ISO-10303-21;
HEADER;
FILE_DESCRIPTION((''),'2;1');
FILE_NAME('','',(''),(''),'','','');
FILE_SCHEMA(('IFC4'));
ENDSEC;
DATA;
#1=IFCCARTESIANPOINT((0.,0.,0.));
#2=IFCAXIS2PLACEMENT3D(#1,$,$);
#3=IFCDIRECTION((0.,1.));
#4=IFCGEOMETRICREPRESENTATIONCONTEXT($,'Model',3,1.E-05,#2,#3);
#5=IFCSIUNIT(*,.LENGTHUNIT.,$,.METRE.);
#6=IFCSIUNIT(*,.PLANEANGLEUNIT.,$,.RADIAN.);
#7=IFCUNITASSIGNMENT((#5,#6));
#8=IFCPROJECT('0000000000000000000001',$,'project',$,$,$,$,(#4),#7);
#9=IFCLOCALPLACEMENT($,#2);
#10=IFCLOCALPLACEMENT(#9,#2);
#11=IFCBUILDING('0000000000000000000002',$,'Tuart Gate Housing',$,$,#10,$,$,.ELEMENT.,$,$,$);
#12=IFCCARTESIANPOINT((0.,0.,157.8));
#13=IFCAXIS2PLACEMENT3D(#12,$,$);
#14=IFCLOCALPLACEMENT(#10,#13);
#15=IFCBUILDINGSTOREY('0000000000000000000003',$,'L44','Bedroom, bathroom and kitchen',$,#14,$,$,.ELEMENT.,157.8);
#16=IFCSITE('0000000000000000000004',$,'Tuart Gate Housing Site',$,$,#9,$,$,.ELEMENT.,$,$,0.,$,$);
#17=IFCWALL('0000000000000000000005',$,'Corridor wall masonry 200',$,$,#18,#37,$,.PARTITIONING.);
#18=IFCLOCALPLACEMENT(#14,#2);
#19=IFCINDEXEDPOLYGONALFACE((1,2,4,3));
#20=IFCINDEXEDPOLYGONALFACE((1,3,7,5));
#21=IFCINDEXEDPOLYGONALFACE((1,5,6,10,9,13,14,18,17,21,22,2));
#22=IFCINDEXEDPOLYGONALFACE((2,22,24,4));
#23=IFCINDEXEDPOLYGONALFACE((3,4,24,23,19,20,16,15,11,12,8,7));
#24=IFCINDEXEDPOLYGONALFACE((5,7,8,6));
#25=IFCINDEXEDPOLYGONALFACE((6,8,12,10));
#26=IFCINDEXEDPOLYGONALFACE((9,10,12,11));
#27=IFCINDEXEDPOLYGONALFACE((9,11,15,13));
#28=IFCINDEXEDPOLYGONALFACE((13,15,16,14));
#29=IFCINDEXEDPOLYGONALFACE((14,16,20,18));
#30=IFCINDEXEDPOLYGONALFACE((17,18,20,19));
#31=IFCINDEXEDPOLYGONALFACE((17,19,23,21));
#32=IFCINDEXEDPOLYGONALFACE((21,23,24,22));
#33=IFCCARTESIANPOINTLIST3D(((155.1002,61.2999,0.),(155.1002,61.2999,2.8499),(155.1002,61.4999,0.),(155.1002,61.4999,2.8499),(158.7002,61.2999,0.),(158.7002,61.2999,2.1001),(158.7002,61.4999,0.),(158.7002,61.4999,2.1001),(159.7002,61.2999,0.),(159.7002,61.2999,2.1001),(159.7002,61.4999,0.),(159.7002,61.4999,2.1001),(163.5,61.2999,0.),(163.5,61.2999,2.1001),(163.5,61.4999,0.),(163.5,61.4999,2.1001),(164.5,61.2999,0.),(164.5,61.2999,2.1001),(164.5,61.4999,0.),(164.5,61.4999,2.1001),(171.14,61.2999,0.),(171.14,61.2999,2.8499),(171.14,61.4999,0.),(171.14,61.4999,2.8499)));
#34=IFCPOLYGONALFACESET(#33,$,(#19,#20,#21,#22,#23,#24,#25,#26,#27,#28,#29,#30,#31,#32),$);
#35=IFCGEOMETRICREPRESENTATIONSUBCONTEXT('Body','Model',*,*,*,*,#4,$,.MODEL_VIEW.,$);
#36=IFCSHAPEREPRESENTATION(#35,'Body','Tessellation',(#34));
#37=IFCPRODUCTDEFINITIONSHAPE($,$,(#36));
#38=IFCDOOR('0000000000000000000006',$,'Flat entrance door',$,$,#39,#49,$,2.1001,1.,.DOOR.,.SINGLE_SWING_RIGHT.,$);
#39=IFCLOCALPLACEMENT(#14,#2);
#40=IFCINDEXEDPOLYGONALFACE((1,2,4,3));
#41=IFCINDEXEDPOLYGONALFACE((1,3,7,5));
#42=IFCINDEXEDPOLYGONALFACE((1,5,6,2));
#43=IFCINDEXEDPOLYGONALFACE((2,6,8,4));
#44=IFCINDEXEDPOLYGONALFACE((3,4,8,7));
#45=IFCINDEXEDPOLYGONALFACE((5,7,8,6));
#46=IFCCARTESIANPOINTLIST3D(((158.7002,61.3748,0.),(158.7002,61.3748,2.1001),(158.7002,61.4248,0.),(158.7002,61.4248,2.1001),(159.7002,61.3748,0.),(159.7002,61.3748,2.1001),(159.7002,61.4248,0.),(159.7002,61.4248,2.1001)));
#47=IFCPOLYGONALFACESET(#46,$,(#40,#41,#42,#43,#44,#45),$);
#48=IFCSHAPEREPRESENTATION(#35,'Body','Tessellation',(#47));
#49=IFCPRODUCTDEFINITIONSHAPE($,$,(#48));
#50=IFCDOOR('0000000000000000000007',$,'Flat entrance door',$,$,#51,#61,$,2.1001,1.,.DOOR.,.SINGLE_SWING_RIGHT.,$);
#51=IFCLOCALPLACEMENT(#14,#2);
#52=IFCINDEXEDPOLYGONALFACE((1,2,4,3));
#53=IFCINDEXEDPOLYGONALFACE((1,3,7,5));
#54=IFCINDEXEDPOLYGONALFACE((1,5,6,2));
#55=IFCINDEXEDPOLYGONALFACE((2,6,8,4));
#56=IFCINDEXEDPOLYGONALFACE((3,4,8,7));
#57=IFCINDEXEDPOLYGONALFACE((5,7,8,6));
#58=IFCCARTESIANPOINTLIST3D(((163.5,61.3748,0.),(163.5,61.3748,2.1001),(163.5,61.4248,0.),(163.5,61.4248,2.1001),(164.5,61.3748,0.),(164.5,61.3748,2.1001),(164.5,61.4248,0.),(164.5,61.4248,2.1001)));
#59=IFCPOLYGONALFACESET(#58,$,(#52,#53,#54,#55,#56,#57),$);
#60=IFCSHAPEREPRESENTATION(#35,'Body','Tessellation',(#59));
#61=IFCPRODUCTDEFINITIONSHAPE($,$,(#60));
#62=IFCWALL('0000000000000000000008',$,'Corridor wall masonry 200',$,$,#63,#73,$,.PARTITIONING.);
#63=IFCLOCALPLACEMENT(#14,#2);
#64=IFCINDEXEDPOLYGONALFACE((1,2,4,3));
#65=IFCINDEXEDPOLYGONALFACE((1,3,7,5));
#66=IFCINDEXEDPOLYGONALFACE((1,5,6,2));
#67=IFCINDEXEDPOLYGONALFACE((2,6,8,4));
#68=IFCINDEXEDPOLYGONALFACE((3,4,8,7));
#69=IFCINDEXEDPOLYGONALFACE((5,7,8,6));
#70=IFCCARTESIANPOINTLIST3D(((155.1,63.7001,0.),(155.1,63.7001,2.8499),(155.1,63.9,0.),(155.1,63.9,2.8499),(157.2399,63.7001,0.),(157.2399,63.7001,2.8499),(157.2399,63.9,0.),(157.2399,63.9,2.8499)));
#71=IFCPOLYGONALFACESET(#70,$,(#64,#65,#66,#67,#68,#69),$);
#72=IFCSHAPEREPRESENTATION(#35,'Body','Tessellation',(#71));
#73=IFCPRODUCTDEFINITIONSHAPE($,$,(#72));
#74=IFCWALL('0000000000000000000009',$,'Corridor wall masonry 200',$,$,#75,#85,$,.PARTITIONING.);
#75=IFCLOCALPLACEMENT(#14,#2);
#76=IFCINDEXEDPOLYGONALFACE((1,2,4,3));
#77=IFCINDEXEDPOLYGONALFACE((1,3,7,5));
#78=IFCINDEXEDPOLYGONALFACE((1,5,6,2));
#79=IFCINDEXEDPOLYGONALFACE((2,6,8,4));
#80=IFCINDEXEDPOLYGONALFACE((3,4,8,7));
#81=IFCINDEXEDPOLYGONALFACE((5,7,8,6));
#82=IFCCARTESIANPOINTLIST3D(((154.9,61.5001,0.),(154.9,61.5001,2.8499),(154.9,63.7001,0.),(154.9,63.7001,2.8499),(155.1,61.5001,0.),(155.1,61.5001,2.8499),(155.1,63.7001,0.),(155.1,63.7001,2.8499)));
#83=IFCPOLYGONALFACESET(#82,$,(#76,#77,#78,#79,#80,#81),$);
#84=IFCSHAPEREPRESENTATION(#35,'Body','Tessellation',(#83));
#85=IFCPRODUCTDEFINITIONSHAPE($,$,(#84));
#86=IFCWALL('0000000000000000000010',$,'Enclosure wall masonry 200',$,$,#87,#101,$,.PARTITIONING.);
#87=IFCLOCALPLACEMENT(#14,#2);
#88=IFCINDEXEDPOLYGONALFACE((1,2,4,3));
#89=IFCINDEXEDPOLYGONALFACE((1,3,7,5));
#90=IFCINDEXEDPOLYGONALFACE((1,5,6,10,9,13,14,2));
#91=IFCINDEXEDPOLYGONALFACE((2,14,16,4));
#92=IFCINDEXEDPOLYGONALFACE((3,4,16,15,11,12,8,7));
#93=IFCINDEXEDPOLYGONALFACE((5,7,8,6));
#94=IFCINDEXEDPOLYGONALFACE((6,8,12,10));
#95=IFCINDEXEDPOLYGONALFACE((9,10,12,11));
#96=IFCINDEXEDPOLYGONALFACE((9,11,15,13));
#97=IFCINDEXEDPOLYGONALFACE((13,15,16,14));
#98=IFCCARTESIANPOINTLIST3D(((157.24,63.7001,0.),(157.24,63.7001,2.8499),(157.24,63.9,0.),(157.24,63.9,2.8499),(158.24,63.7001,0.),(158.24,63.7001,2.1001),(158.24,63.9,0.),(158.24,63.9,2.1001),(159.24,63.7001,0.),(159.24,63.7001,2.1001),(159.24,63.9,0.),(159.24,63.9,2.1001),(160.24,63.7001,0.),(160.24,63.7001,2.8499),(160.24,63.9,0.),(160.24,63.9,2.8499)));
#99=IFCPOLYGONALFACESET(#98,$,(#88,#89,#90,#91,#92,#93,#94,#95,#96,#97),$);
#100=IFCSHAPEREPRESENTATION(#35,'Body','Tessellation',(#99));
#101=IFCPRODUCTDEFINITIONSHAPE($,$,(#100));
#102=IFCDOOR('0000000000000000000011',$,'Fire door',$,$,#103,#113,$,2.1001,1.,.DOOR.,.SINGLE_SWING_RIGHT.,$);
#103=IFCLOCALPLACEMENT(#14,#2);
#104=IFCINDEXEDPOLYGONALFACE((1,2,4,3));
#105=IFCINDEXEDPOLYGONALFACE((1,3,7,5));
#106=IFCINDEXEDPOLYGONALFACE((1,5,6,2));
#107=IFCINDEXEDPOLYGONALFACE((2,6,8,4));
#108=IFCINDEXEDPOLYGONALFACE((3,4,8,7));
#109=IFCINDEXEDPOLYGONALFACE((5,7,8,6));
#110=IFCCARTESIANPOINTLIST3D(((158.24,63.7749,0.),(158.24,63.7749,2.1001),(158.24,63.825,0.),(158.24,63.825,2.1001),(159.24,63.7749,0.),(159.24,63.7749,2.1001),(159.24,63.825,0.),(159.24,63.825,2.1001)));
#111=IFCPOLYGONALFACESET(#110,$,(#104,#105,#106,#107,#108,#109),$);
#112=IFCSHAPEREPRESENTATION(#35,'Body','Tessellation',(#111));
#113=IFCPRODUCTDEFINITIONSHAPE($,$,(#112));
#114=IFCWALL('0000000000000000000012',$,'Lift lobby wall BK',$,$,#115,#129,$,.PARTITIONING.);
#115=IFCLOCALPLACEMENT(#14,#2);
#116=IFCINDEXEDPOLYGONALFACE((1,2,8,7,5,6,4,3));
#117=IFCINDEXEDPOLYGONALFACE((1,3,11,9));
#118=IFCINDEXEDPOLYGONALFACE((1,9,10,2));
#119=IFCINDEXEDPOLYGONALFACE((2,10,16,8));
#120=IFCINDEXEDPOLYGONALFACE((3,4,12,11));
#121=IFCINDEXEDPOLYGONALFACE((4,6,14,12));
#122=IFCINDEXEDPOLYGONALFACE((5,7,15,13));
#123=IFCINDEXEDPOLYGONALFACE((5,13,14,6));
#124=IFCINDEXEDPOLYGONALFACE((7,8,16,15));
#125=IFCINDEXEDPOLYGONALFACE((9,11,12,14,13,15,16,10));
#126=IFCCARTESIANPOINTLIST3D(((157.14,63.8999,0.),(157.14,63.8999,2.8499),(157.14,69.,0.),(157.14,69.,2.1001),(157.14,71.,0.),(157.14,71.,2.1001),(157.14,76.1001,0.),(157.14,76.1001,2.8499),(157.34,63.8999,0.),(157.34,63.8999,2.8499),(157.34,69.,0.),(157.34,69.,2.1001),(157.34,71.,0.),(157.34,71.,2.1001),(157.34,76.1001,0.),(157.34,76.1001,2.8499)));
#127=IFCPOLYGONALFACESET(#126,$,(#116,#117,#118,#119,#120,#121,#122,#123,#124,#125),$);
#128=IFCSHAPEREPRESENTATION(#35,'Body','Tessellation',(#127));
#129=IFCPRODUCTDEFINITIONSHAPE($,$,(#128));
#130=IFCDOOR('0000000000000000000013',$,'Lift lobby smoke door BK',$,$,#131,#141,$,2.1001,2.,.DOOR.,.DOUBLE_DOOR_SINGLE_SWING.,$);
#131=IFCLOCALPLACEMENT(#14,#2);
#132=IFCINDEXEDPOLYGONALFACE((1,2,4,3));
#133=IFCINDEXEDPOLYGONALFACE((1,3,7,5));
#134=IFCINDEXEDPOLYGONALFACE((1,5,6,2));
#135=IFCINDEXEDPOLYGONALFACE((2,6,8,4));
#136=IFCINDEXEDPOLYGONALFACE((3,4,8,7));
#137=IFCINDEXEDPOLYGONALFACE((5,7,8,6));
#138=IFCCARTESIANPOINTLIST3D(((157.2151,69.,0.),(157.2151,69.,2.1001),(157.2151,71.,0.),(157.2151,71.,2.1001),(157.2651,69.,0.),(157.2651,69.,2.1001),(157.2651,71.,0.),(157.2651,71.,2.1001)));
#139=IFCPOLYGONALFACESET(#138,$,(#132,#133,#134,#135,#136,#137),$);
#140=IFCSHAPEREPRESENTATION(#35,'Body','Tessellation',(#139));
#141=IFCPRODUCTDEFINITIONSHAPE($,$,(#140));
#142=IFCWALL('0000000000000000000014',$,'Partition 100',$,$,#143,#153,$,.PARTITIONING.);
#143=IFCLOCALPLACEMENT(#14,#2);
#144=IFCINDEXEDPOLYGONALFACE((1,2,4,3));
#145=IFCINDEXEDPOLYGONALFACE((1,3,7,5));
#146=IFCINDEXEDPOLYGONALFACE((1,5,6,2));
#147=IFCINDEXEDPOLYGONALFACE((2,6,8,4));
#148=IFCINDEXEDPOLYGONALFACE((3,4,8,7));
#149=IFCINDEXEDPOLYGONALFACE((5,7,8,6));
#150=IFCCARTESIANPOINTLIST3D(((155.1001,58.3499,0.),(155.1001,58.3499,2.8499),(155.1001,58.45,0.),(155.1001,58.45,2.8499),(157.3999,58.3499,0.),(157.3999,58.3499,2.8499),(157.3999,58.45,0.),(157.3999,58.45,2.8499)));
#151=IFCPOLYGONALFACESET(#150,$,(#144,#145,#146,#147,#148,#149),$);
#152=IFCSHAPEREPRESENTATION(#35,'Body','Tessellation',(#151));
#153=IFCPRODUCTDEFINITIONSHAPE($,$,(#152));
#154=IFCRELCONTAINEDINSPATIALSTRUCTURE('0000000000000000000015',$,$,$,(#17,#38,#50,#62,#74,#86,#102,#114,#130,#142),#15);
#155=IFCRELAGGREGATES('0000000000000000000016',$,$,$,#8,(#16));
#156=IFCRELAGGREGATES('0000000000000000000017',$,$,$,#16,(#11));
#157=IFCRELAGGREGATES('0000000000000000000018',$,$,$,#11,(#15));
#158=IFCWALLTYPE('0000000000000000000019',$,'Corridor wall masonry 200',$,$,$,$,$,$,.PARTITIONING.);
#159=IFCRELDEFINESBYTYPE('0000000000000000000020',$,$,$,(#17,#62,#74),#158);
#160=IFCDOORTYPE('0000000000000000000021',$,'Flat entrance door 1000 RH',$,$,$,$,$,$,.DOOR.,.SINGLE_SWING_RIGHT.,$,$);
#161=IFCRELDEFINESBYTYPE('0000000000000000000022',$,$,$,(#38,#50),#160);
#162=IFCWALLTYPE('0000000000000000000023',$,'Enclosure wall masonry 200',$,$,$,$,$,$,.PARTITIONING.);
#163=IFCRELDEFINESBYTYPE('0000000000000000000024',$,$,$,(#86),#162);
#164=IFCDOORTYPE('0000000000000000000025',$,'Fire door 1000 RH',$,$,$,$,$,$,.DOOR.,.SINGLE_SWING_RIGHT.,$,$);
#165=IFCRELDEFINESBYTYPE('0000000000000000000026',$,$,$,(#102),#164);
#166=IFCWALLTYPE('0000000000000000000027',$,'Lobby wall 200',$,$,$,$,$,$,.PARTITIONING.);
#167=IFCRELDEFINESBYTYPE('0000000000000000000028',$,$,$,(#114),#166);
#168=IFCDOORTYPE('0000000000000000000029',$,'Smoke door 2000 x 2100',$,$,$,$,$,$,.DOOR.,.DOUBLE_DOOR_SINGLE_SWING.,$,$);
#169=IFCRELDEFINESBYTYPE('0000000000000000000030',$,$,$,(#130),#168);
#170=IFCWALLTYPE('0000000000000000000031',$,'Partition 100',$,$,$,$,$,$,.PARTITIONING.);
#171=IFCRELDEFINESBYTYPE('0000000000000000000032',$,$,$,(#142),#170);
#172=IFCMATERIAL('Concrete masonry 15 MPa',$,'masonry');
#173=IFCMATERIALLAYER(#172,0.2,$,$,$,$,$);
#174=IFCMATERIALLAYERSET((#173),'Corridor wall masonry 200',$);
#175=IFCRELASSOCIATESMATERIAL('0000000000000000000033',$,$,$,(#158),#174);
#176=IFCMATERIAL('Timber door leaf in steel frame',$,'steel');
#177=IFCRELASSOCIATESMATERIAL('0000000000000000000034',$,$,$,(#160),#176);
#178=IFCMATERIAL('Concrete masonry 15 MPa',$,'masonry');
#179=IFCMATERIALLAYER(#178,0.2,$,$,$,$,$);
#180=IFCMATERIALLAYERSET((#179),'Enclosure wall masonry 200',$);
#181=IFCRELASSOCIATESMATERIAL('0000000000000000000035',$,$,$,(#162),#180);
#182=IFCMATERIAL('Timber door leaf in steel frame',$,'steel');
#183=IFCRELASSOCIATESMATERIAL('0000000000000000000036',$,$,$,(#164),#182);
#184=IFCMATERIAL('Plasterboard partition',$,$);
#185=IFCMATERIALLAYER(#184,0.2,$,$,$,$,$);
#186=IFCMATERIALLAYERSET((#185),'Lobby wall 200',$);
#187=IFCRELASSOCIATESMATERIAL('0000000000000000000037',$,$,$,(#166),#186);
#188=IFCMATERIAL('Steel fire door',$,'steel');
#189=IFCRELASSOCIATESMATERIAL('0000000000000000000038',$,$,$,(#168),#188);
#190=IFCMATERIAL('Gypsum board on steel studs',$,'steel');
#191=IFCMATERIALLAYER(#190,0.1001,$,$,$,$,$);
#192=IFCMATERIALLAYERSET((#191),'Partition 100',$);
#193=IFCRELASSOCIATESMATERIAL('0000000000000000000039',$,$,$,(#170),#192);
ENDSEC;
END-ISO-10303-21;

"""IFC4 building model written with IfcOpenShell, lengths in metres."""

from ifc_helpers import new_model, si_unit, direction, frame, frame_2d, origin, place, context, subcontext, project, spatial, rectangle, extrude, material, layer, layer_set, type_object, element, fill, save


model = new_model("IFC4")

# Units and contexts
model_context = context("Model", 3, precision=1e-05, world=origin(), true_north=direction((0.0, 1.0)))
body_context = subcontext(model_context, "Body", "Model", "MODEL_VIEW")
ifc_project = project(units=[si_unit("LENGTHUNIT", "METRE"), si_unit("PLANEANGLEUNIT", "RADIAN")], contexts=[model_context])

# Site, building, storey
site_placement = place(None, origin())
site = spatial("IfcSite", under=ifc_project, at=site_placement, Name="Tuart Gate Housing Site", CompositionType="ELEMENT", RefElevation=0.0)
building_placement = place(site_placement, origin())
building = spatial("IfcBuilding", under=site, at=building_placement, Name="Tuart Gate Housing", CompositionType="ELEMENT")
storey_placement = place(building_placement, frame((0.0, 0.0, 157.8)))
storey = spatial("IfcBuildingStorey", under=building, at=storey_placement, Name="L44", Description="Bedroom, bathroom and kitchen", CompositionType="ELEMENT", Elevation=157.8)

# Wall, openings, doors
ifc_material_1 = material(Name="Concrete masonry 15 MPa", Category="masonry")
ifc_layer_1 = layer(ifc_material_1, 0.2)
ifc_layer_set_1 = layer_set([ifc_layer_1], Name="Corridor wall masonry 200")
wall_type_1 = type_object("IfcWallType", Name="Corridor wall masonry 200", PredefinedType="PARTITIONING", material=ifc_layer_set_1)
wall_1_placement = place(storey_placement, frame((155.1001, 61.3999, 0.0), z_axis=(0.0, 0.0, 1.0), x_axis=(1.0, 0.0, 0.0)))
wall_1 = element("IfcWall", 1, at=wall_1_placement, inside=storey, type_object=wall_type_1, Name="Corridor wall masonry 200", PredefinedType="PARTITIONING", context=body_context, shape_type="SweptSolid", body=[
    extrude(rectangle(XDim=16.0398, YDim=0.2, at=frame_2d((8.02, 0.0))), origin(), (0.0, 0.0, 1.0), 2.8499),
])
opening_1_placement = place(wall_1_placement, frame((3.6001, 0.0, 0.0)))
opening_1 = element("IfcOpeningElement", 2, at=opening_1_placement, cuts=wall_1, PredefinedType="OPENING", context=body_context, shape_type="SweptSolid", body=[
    extrude(rectangle(XDim=1.0, YDim=2.1001, at=frame_2d((0.5, 1.05))), frame((0.0, 0.1099, 0.0), z_axis=(0.0, -1.0, 0.0), x_axis=(1.0, 0.0, 0.0)), (0.0, 0.0, 1.0), 0.22),
])
opening_2_placement = place(wall_1_placement, frame((8.3999, 0.0, 0.0)))
opening_2 = element("IfcOpeningElement", 3, at=opening_2_placement, cuts=wall_1, PredefinedType="OPENING", context=body_context, shape_type="SweptSolid", body=[
    extrude(rectangle(XDim=1.0, YDim=2.1001, at=frame_2d((0.5, 1.05))), frame((0.0, 0.1099, 0.0), z_axis=(0.0, -1.0, 0.0), x_axis=(1.0, 0.0, 0.0)), (0.0, 0.0, 1.0), 0.22),
])
ifc_material_2 = material(Name="Timber door leaf in steel frame", Category="steel")
door_type_1 = type_object("IfcDoorType", Name="Flat entrance door 1000 RH", OperationType="SINGLE_SWING_RIGHT", PredefinedType="DOOR", material=ifc_material_2)
door_1_placement = place(opening_1_placement, frame((1.0, 0.0, 0.0), z_axis=(0.0, 0.0, 1.0), x_axis=(-1.0, 0.0, 0.0)))
door_1 = element("IfcDoor", 4, at=door_1_placement, inside=storey, type_object=door_type_1, Name="Flat entrance door", OperationType="SINGLE_SWING_RIGHT", OverallHeight=2.1001, OverallWidth=1.0, PredefinedType="DOOR", context=body_context, shape_type="SweptSolid", body=[
    extrude(rectangle(XDim=1.0, YDim=2.1001, at=frame_2d((0.5, 1.05))), frame((0.0, 0.0251, 0.0), z_axis=(0.0, -1.0, 0.0), x_axis=(1.0, 0.0, 0.0)), (0.0, 0.0, 1.0), 0.05),
])
fill(opening_1, door_1)
door_2_placement = place(opening_2_placement, frame((1.0, 0.0, 0.0), z_axis=(0.0, 0.0, 1.0), x_axis=(-1.0, 0.0, 0.0)))
door_2 = element("IfcDoor", 5, at=door_2_placement, inside=storey, type_object=door_type_1, Name="Flat entrance door", OperationType="SINGLE_SWING_RIGHT", OverallHeight=2.1001, OverallWidth=1.0, PredefinedType="DOOR", context=body_context, shape_type="SweptSolid", body=[
    extrude(rectangle(XDim=1.0, YDim=2.1001, at=frame_2d((0.5, 1.05))), frame((0.0, 0.0251, 0.0), z_axis=(0.0, -1.0, 0.0), x_axis=(1.0, 0.0, 0.0)), (0.0, 0.0, 1.0), 0.05),
])
fill(opening_2, door_2)

# Walls
wall_2_placement = place(storey_placement, frame((155.1001, 63.8, 0.0), z_axis=(0.0, 0.0, 1.0), x_axis=(1.0, 0.0, 0.0)))
element("IfcWall", 6, at=wall_2_placement, inside=storey, type_object=wall_type_1, Name="Corridor wall masonry 200", PredefinedType="PARTITIONING", context=body_context, shape_type="SweptSolid", body=[
    extrude(rectangle(XDim=2.1399, YDim=0.2, at=frame_2d((1.0698, 0.0))), origin(), (0.0, 0.0, 1.0), 2.8499),
])
wall_3_placement = place(storey_placement, frame((155.0, 61.5, 0.0), z_axis=(0.0, 0.0, 1.0), x_axis=(0.0, 1.0, 0.0)))
element("IfcWall", 7, at=wall_3_placement, inside=storey, type_object=wall_type_1, Name="Corridor wall masonry 200", PredefinedType="PARTITIONING", context=body_context, shape_type="SweptSolid", body=[
    extrude(rectangle(XDim=2.2, YDim=0.2, at=frame_2d((1.1001, 0.0))), origin(), (0.0, 0.0, 1.0), 2.8499),
])

# Walls, openings, doors
ifc_material_3 = material(Name="Concrete masonry 15 MPa", Category="masonry")
ifc_layer_2 = layer(ifc_material_3, 0.2)
ifc_layer_set_2 = layer_set([ifc_layer_2], Name="Enclosure wall masonry 200")
wall_type_2 = type_object("IfcWallType", Name="Enclosure wall masonry 200", PredefinedType="PARTITIONING", material=ifc_layer_set_2)
wall_4_placement = place(storey_placement, frame((157.24, 63.8, 0.0), z_axis=(0.0, 0.0, 1.0), x_axis=(1.0, 0.0, 0.0)))
wall_4 = element("IfcWall", 8, at=wall_4_placement, inside=storey, type_object=wall_type_2, Name="Enclosure wall masonry 200", PredefinedType="PARTITIONING", context=body_context, shape_type="SweptSolid", body=[
    extrude(rectangle(XDim=3.0, YDim=0.2, at=frame_2d((1.5, 0.0))), origin(), (0.0, 0.0, 1.0), 2.8499),
])
opening_3_placement = place(wall_4_placement, frame((1.0, 0.0, 0.0)))
opening_3 = element("IfcOpeningElement", 9, at=opening_3_placement, cuts=wall_4, PredefinedType="OPENING", context=body_context, shape_type="SweptSolid", body=[
    extrude(rectangle(XDim=1.0, YDim=2.1001, at=frame_2d((0.5, 1.05))), frame((0.0, 0.1099, 0.0), z_axis=(0.0, -1.0, 0.0), x_axis=(1.0, 0.0, 0.0)), (0.0, 0.0, 1.0), 0.22),
])
ifc_material_4 = material(Name="Timber door leaf in steel frame", Category="steel")
door_type_2 = type_object("IfcDoorType", Name="Fire door 1000 RH", OperationType="SINGLE_SWING_RIGHT", PredefinedType="DOOR", material=ifc_material_4)
door_3_placement = place(opening_3_placement, frame((1.0, 0.0, 0.0), z_axis=(0.0, 0.0, 1.0), x_axis=(-1.0, 0.0, 0.0)))
door_3 = element("IfcDoor", 10, at=door_3_placement, inside=storey, type_object=door_type_2, Name="Fire door", OperationType="SINGLE_SWING_RIGHT", OverallHeight=2.1001, OverallWidth=1.0, PredefinedType="DOOR", context=body_context, shape_type="SweptSolid", body=[
    extrude(rectangle(XDim=1.0, YDim=2.1001, at=frame_2d((0.5, 1.05))), frame((0.0, 0.0251, 0.0), z_axis=(0.0, -1.0, 0.0), x_axis=(1.0, 0.0, 0.0)), (0.0, 0.0, 1.0), 0.05),
])
fill(opening_3, door_3)
ifc_material_5 = material(Name="Plasterboard partition")
ifc_layer_3 = layer(ifc_material_5, 0.2)
ifc_layer_set_3 = layer_set([ifc_layer_3], Name="Lobby wall 200")
wall_type_3 = type_object("IfcWallType", Name="Lobby wall 200", PredefinedType="PARTITIONING", material=ifc_layer_set_3)
wall_5_placement = place(storey_placement, frame((157.24, 63.8999, 0.0), z_axis=(0.0, 0.0, 1.0), x_axis=(0.0, 1.0, 0.0)))
wall_5 = element("IfcWall", 11, at=wall_5_placement, inside=storey, type_object=wall_type_3, Name="Lift lobby wall BK", PredefinedType="PARTITIONING", context=body_context, shape_type="SweptSolid", body=[
    extrude(rectangle(XDim=12.2002, YDim=0.2, at=frame_2d((6.1001, 0.0))), origin(), (0.0, 0.0, 1.0), 2.8499),
])
opening_4_placement = place(wall_5_placement, frame((5.1001, 0.0, 0.0)))
opening_4 = element("IfcOpeningElement", 12, at=opening_4_placement, cuts=wall_5, PredefinedType="OPENING", context=body_context, shape_type="SweptSolid", body=[
    extrude(rectangle(XDim=2.0, YDim=2.1001, at=frame_2d((1.0, 1.05))), frame((0.0, 0.1099, 0.0), z_axis=(0.0, -1.0, 0.0), x_axis=(1.0, 0.0, 0.0)), (0.0, 0.0, 1.0), 0.22),
])
ifc_material_6 = material(Name="Steel fire door", Category="steel")
door_type_3 = type_object("IfcDoorType", Name="Smoke door 2000 x 2100", OperationType="DOUBLE_DOOR_SINGLE_SWING", PredefinedType="DOOR", material=ifc_material_6)
door_4_placement = place(opening_4_placement, frame((2.0, 0.0, 0.0), z_axis=(0.0, 0.0, 1.0), x_axis=(-1.0, 0.0, 0.0)))
door_4 = element("IfcDoor", 13, at=door_4_placement, inside=storey, type_object=door_type_3, Name="Lift lobby smoke door BK", OperationType="DOUBLE_DOOR_SINGLE_SWING", OverallHeight=2.1001, OverallWidth=2.0, PredefinedType="DOOR", context=body_context, shape_type="SweptSolid", body=[
    extrude(rectangle(XDim=2.0, YDim=2.1001, at=frame_2d((1.0, 1.05))), frame((0.0, 0.0251, 0.0), z_axis=(0.0, -1.0, 0.0), x_axis=(1.0, 0.0, 0.0)), (0.0, 0.0, 1.0), 0.05),
])
fill(opening_4, door_4)

# Wall
ifc_material_7 = material(Name="Gypsum board on steel studs", Category="steel")
ifc_layer_4 = layer(ifc_material_7, 0.1001)
ifc_layer_set_4 = layer_set([ifc_layer_4], Name="Partition 100")
wall_type_4 = type_object("IfcWallType", Name="Partition 100", PredefinedType="PARTITIONING", material=ifc_layer_set_4)
wall_6_placement = place(storey_placement, frame((155.1001, 58.3999, 0.0), z_axis=(0.0, 0.0, 1.0), x_axis=(1.0, 0.0, 0.0)))
element("IfcWall", 14, at=wall_6_placement, inside=storey, type_object=wall_type_4, Name="Partition 100", PredefinedType="PARTITIONING", context=body_context, shape_type="SweptSolid", body=[
    extrude(rectangle(XDim=2.2998, YDim=0.1001, at=frame_2d((1.1499, 0.0))), origin(), (0.0, 0.0, 1.0), 2.8499),
])

save(model, "model.ifc")
